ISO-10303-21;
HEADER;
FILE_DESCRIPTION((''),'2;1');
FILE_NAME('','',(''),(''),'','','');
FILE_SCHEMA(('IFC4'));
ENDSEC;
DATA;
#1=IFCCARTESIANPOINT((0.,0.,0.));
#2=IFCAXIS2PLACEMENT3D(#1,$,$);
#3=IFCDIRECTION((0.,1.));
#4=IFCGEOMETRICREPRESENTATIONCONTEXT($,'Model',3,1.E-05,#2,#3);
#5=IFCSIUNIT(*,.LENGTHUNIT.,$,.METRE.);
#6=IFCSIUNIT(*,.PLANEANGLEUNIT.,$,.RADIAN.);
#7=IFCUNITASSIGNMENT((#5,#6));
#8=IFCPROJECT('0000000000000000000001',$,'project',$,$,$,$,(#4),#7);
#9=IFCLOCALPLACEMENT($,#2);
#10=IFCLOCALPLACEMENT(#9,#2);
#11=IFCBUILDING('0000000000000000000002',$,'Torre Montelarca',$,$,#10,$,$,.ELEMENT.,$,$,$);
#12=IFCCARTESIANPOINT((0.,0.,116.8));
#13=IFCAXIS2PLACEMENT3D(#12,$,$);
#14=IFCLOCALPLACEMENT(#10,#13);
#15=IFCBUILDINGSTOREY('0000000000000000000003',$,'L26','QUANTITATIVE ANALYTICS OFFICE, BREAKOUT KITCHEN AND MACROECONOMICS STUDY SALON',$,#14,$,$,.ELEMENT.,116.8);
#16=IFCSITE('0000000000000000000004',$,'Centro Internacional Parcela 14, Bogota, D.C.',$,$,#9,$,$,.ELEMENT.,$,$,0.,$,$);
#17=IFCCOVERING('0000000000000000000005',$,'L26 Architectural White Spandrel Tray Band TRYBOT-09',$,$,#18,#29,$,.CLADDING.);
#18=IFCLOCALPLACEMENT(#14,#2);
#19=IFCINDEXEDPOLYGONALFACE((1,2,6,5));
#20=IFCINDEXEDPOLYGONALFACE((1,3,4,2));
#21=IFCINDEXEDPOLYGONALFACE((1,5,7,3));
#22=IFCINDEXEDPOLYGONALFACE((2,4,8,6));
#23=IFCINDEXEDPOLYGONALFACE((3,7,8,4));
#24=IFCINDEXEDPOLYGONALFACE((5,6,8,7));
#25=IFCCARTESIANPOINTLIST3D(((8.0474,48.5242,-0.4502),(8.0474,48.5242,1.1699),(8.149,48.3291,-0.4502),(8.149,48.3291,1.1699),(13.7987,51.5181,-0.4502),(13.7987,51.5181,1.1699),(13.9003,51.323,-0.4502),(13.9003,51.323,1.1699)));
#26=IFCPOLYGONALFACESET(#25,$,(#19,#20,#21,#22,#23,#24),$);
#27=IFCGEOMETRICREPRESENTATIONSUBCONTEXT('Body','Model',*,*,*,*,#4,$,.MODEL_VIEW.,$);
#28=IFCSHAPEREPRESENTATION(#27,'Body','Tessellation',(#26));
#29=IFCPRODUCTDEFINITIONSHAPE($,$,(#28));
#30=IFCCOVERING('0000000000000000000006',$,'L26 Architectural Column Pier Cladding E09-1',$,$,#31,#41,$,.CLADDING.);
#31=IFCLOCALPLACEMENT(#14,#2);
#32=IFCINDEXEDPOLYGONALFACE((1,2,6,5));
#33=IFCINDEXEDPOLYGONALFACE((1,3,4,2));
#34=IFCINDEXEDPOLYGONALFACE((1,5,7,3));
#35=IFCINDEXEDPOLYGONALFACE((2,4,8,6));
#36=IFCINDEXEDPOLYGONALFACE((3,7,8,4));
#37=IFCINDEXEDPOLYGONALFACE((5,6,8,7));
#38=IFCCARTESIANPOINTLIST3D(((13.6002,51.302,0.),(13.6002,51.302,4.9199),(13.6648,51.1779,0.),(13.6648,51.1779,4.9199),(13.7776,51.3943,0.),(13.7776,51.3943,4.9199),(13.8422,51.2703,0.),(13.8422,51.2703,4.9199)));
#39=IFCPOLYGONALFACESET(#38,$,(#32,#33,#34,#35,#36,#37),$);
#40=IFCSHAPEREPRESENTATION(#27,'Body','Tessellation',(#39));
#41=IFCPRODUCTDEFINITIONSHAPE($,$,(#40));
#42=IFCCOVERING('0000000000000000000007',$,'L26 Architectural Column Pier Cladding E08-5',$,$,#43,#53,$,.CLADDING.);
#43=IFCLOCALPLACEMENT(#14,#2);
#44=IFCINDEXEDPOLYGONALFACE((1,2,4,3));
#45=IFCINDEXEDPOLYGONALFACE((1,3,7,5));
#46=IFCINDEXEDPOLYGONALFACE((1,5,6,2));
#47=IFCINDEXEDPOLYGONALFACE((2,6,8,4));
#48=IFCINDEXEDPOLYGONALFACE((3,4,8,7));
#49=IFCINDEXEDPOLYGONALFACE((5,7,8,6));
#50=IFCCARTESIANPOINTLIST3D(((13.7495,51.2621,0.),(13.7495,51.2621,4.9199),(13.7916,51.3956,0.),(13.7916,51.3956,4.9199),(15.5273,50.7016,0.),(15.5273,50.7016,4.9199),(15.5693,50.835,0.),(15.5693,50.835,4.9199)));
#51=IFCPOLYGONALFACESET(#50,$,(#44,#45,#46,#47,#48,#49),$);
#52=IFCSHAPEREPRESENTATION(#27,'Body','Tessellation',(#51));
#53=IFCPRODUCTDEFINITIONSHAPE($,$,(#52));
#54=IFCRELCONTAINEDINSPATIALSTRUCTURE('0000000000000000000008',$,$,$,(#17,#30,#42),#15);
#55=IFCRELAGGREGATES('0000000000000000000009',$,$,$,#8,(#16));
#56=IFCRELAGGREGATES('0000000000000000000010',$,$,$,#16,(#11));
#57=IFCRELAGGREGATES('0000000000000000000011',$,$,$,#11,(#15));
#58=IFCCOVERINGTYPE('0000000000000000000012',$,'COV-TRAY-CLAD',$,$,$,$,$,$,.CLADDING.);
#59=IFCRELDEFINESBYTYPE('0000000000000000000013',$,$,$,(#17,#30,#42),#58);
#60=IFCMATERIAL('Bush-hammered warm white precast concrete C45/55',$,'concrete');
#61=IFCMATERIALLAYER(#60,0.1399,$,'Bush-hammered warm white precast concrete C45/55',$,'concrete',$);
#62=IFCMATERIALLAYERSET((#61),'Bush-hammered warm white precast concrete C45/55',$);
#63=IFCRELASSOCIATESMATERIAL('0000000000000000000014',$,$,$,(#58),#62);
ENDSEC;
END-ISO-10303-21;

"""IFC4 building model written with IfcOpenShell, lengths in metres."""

from ifc_helpers import new_model, si_unit, direction, frame, origin, origin_2d, place, context, subcontext, project, spatial, rectangle, extrude, source, transform, mapped, material, layer, layer_set, type_object, element, save


model = new_model("IFC4")

# Units and contexts
model_context = context("Model", 3, precision=1e-05, world=origin(), true_north=direction((0.0, 1.0)))
body_context = subcontext(model_context, "Body", "Model", "MODEL_VIEW")
ifc_project = project(units=[si_unit("LENGTHUNIT", "METRE"), si_unit("PLANEANGLEUNIT", "RADIAN")], contexts=[model_context])

# Site, building, storey
site_placement = place(None, origin())
site = spatial("IfcSite", under=ifc_project, at=site_placement, Name="Centro Internacional Parcela 14, Bogota, D.C.", CompositionType="ELEMENT", RefElevation=0.0)
building_placement = place(site_placement, origin())
building = spatial("IfcBuilding", under=site, at=building_placement, Name="Torre Montelarca", CompositionType="ELEMENT")
storey_placement = place(building_placement, frame((0.0, 0.0, 116.8)))
storey = spatial("IfcBuildingStorey", under=building, at=storey_placement, Name="L26", Description="QUANTITATIVE ANALYTICS OFFICE, BREAKOUT KITCHEN AND MACROECONOMICS STUDY SALON", CompositionType="ELEMENT", Elevation=116.8)

# Coverings
ifc_material_1 = material(Name="Bush-hammered warm white precast concrete C45/55", Category="concrete")
ifc_layer_1 = layer(ifc_material_1, 0.1399, Name="Bush-hammered warm white precast concrete C45/55", Category="concrete")
ifc_layer_set_1 = layer_set([ifc_layer_1], Name="Bush-hammered warm white precast concrete C45/55")
covering_type = type_object("IfcCoveringType", Name="COV-TRAY-CLAD", PredefinedType="CLADDING", material=ifc_layer_set_1)
shared_shape_1 = source(origin(), body_context, "Body", "SweptSolid", [
    extrude(rectangle(XDim=6.4839, YDim=0.22, at=origin_2d()), origin(), (0.0, 0.0, 1.0), 1.6201),
])
covering_1_placement = place(storey_placement, frame((10.9739, 49.9236, -0.4502), z_axis=(0.0, 0.0, 1.0), x_axis=(-0.887014, -0.461742, 0.0)))
element("IfcCovering", 1, at=covering_1_placement, inside=storey, type_object=covering_type, Name="L26 Architectural White Spandrel Tray Band TRYBOT-09", PredefinedType="CLADDING", context=body_context, shape_type="MappedRepresentation", body=[
    mapped(shared_shape_1, transform((0.0, 0.0, 0.0), scale=1.0)),
])
shared_shape_2 = source(origin(), body_context, "Body", "SweptSolid", [
    extrude(rectangle(XDim=0.2, YDim=0.1399, at=origin_2d()), origin(), (0.0, 0.0, 1.0), 4.9199),
])
covering_2_placement = place(storey_placement, frame((13.7212, 51.2861, 0.0), z_axis=(0.0, 0.0, 1.0), x_axis=(-0.887017, -0.461736, 0.0)))
element("IfcCovering", 2, at=covering_2_placement, inside=storey, type_object=covering_type, Name="L26 Architectural Column Pier Cladding E09-1", PredefinedType="CLADDING", context=body_context, shape_type="MappedRepresentation", body=[
    mapped(shared_shape_2, transform((0.0, 0.0, 0.0), scale=1.0)),
])
shared_shape_3 = source(origin(), body_context, "Body", "SweptSolid", [
    extrude(rectangle(XDim=1.864, YDim=0.1399, at=origin_2d()), origin(), (0.0, 0.0, 1.0), 4.9199),
])
covering_3_placement = place(storey_placement, frame((14.6594, 51.0486, 0.0), z_axis=(0.0, 0.0, 1.0), x_axis=(-0.953717, 0.300704, 0.0)))
element("IfcCovering", 3, at=covering_3_placement, inside=storey, type_object=covering_type, Name="L26 Architectural Column Pier Cladding E08-5", PredefinedType="CLADDING", context=body_context, shape_type="MappedRepresentation", body=[
    mapped(shared_shape_3, transform((0.0, 0.0, 0.0), scale=1.0)),
])

save(model, "model.ifc")
